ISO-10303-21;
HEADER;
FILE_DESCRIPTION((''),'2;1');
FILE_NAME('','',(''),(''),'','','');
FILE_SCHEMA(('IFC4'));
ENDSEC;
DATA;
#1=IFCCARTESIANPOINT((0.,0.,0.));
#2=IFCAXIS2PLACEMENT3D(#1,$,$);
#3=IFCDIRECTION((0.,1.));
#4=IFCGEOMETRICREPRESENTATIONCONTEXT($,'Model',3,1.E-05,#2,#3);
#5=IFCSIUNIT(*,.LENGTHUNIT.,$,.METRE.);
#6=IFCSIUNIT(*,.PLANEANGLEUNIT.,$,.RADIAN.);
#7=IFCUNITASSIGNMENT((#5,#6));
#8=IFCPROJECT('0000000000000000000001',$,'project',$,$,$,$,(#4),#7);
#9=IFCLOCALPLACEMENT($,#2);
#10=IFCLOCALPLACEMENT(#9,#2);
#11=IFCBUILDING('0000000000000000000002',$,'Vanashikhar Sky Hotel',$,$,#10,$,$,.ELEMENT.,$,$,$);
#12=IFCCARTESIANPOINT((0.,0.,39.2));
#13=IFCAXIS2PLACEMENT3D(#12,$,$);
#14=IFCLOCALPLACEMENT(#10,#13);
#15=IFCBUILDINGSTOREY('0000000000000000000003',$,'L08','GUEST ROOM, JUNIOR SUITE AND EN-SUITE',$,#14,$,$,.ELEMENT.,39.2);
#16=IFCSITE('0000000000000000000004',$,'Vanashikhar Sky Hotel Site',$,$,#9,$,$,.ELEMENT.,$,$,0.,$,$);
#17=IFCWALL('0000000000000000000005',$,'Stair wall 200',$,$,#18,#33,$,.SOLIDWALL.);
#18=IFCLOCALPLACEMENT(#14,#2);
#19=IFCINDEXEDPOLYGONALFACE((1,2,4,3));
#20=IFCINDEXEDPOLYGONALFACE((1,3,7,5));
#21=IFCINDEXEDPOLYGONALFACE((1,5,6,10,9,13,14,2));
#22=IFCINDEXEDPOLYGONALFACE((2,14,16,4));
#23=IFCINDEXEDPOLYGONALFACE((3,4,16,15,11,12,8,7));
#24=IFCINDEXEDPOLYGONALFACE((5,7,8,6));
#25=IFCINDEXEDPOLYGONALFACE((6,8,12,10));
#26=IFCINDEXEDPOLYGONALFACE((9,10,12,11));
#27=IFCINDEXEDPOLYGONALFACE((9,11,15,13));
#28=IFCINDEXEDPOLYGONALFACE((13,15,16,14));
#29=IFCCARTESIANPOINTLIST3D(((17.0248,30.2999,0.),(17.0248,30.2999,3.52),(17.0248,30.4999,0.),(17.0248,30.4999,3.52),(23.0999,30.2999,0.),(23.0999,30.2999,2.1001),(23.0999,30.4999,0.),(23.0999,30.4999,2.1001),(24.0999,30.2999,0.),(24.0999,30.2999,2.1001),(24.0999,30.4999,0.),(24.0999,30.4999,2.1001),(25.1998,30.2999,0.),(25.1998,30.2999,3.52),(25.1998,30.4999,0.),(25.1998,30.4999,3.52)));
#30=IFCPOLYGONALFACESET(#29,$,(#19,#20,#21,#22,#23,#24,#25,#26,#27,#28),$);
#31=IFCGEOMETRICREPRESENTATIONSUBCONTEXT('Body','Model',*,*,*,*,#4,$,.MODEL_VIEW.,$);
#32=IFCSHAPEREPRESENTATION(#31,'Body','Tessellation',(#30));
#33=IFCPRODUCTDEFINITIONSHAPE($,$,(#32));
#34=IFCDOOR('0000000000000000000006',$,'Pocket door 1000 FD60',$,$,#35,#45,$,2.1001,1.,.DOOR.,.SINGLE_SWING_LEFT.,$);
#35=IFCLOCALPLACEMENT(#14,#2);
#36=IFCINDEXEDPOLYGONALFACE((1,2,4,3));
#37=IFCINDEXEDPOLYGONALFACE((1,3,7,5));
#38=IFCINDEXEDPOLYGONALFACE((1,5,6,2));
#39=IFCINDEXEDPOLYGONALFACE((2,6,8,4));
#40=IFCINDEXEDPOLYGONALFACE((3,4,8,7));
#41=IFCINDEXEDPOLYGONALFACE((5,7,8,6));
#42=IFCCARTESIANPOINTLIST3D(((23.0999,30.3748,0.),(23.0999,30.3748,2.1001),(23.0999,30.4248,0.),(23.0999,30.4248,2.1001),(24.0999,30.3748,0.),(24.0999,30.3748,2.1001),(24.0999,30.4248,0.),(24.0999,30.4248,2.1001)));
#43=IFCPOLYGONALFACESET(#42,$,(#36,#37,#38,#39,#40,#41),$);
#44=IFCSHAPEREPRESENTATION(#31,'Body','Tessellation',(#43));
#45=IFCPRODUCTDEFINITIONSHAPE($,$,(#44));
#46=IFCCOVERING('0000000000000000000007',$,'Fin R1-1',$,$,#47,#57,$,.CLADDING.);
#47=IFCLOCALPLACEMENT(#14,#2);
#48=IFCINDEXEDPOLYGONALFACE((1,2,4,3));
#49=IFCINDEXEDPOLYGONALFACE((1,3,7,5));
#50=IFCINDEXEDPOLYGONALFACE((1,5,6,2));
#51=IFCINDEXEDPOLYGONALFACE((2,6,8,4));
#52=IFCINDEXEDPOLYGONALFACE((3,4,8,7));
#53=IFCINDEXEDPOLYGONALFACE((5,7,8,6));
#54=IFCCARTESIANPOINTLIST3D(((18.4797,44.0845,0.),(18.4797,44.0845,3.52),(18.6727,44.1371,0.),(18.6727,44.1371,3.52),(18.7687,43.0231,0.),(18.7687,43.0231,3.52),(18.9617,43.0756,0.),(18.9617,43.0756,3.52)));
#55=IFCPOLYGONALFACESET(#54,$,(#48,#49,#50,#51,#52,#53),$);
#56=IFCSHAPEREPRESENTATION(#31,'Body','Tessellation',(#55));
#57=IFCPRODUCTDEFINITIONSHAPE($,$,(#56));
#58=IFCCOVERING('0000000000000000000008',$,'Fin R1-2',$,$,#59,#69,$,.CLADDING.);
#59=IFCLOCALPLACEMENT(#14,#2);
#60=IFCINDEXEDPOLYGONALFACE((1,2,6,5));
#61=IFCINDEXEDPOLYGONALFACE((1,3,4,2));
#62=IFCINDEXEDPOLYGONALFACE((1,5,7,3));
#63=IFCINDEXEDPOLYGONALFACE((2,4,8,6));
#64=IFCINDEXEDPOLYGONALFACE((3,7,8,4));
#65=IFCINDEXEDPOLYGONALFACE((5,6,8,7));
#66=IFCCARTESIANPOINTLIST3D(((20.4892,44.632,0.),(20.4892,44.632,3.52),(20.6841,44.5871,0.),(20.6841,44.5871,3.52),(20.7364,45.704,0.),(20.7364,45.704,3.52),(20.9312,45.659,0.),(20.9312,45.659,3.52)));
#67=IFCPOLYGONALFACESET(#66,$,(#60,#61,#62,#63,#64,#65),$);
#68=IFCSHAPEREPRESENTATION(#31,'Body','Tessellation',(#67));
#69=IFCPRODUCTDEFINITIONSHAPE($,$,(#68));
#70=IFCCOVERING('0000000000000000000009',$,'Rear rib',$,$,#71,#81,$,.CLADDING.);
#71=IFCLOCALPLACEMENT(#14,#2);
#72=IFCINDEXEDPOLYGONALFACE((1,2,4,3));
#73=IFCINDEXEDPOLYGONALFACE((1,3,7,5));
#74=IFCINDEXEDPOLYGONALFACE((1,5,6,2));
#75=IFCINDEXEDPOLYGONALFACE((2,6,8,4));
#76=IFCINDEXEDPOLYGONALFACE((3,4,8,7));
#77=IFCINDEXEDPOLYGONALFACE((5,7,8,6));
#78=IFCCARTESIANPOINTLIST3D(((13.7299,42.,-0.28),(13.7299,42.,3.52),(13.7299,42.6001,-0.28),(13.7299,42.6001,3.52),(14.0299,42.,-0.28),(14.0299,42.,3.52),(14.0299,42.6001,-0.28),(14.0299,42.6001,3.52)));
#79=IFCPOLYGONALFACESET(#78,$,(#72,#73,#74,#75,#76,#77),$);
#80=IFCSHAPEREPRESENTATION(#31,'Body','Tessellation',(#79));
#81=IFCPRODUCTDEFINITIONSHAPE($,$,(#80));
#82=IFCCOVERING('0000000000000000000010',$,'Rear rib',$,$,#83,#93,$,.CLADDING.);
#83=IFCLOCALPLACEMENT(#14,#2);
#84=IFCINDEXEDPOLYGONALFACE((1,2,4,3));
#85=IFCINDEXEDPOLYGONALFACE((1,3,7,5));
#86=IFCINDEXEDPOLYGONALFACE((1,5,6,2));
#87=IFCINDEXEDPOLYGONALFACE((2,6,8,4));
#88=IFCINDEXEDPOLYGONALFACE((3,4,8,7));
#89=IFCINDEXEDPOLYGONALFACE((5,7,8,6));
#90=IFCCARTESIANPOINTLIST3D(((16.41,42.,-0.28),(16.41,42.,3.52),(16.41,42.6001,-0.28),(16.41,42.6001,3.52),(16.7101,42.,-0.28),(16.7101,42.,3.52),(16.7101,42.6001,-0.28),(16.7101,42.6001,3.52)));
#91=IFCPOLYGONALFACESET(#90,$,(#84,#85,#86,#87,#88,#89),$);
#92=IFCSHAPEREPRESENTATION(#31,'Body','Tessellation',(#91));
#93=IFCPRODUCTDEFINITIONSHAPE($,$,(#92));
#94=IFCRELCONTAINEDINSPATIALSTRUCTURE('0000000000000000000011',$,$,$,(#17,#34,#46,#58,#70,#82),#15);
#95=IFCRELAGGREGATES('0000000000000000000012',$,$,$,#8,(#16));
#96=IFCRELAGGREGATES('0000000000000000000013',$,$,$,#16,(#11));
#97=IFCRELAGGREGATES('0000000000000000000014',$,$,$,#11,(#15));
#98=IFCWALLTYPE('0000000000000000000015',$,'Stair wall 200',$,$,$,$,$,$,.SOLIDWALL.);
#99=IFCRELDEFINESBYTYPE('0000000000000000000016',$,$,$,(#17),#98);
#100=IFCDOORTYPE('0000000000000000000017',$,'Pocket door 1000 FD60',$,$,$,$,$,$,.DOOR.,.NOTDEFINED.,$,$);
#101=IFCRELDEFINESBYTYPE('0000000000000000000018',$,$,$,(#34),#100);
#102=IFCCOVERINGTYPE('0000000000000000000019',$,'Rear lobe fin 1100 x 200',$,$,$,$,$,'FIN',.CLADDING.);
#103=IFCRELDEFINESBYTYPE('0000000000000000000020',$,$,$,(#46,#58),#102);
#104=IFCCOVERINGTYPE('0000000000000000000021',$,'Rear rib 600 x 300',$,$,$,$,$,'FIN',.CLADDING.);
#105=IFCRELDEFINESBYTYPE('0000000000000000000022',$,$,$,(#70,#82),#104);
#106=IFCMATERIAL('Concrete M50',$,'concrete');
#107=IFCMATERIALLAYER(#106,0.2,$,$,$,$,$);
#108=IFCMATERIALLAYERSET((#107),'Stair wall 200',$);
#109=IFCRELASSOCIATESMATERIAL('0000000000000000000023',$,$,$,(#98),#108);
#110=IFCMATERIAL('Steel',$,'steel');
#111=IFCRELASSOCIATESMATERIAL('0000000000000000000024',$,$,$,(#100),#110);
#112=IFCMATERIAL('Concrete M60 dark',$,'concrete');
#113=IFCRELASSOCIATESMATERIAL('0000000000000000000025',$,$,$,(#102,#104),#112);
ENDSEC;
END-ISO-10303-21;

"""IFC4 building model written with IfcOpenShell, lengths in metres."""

from ifc_helpers import new_model, si_unit, direction, frame, frame_2d, origin, origin_2d, place, context, subcontext, project, spatial, rectangle, extrude, source, transform, mapped, material, layer, layer_set, material_profile, profile_set, type_object, element, fill, save


model = new_model("IFC4")

# Units and contexts
model_context = context("Model", 3, precision=1e-05, world=origin(), true_north=direction((0.0, 1.0)))
body_context = subcontext(model_context, "Body", "Model", "MODEL_VIEW")
ifc_project = project(units=[si_unit("LENGTHUNIT", "METRE"), si_unit("PLANEANGLEUNIT", "RADIAN")], contexts=[model_context])

# Site, building, storey
site_placement = place(None, origin())
site = spatial("IfcSite", under=ifc_project, at=site_placement, Name="Vanashikhar Sky Hotel Site", CompositionType="ELEMENT", RefElevation=0.0)
building_placement = place(site_placement, origin())
building = spatial("IfcBuilding", under=site, at=building_placement, Name="Vanashikhar Sky Hotel", CompositionType="ELEMENT")
storey_placement = place(building_placement, frame((0.0, 0.0, 39.2)))
storey = spatial("IfcBuildingStorey", under=building, at=storey_placement, Name="L08", Description="GUEST ROOM, JUNIOR SUITE AND EN-SUITE", CompositionType="ELEMENT", Elevation=39.2)

# Shared definitions
ifc_material_1 = material(Name="Concrete M50", Category="concrete")

# Wall, opening, door
ifc_layer_1 = layer(ifc_material_1, 0.2)
ifc_layer_set_1 = layer_set([ifc_layer_1], Name="Stair wall 200")
wall_type_1 = type_object("IfcWallType", Name="Stair wall 200", PredefinedType="SOLIDWALL", material=ifc_layer_set_1)
shared_shape_1 = source(origin(), body_context, "Body", "SweptSolid", [
    extrude(rectangle(XDim=8.175, YDim=0.2, at=frame_2d((4.0874, 0.0))), origin(), (0.0, 0.0, 1.0), 3.52),
])
wall_1_placement = place(storey_placement, frame((17.0249, 30.3999, 0.0), z_axis=(0.0, 0.0, 1.0), x_axis=(1.0, 0.0, 0.0)))
wall_1 = element("IfcWall", 1, at=wall_1_placement, inside=storey, type_object=wall_type_1, Name="Stair wall 200", PredefinedType="SOLIDWALL", context=body_context, shape_type="MappedRepresentation", body=[
    mapped(shared_shape_1, transform((0.0, 0.0, 0.0), scale=1.0)),
])
shared_shape_2 = source(origin(), body_context, "Body", "SweptSolid", [
    extrude(rectangle(XDim=1.0, YDim=2.1001, at=frame_2d((0.5, 1.05))), frame((0.0, 0.1099, 0.0), z_axis=(0.0, -1.0, 0.0), x_axis=(1.0, 0.0, 0.0)), (0.0, 0.0, 1.0), 0.22),
])
opening_1_placement = place(wall_1_placement, frame((6.075, 0.0, 0.0)))
opening_1 = element("IfcOpeningElement", 2, at=opening_1_placement, cuts=wall_1, PredefinedType="OPENING", context=body_context, shape_type="MappedRepresentation", body=[
    mapped(shared_shape_2, transform((0.0, 0.0, 0.0), scale=1.0)),
])
ifc_material_2 = material(Name="Steel", Category="steel")
door_type = type_object("IfcDoorType", Name="Pocket door 1000 FD60", OperationType="NOTDEFINED", PredefinedType="DOOR", material=ifc_material_2)
shared_shape_3 = source(origin(), body_context, "Body", "SweptSolid", [
    extrude(rectangle(XDim=1.0, YDim=2.1001, at=frame_2d((0.5, 1.05))), frame((0.0, 0.0249, 0.0), z_axis=(0.0, -1.0, 0.0), x_axis=(1.0, 0.0, 0.0)), (0.0, 0.0, 1.0), 0.05),
])
door_placement = place(opening_1_placement, origin())
door = element("IfcDoor", 3, at=door_placement, inside=storey, type_object=door_type, Name="Pocket door 1000 FD60", OperationType="SINGLE_SWING_LEFT", OverallHeight=2.1001, OverallWidth=1.0, PredefinedType="DOOR", context=body_context, shape_type="MappedRepresentation", body=[
    mapped(shared_shape_3, transform((0.0, 0.0, 0.0), scale=1.0)),
])
fill(opening_1, door)

# Coverings
ifc_material_3 = material(Name="Concrete M60 dark", Category="concrete")
ifc_material_profile_1 = material_profile(ifc_material_3, rectangle(XDim=1.1001, YDim=0.2, at=origin_2d()))
ifc_profile_set_1 = profile_set([ifc_material_profile_1], Name="Rear lobe fin 1100 x 200")
covering_type_1 = type_object("IfcCoveringType", Name="Rear lobe fin 1100 x 200", ElementType="FIN", PredefinedType="CLADDING", material=ifc_profile_set_1)
shared_shape_4 = source(origin(), body_context, "Body", "SweptSolid", [
    extrude(rectangle(XDim=1.1001, YDim=0.2, at=origin_2d()), origin(), (0.0, 0.0, 1.0), 3.52),
])
for number, where, z_axis, x_axis, name in (
    (4, (18.7207, 43.5801, 0.0), (0.0, 0.0, 1.0), (-0.262711, 0.964874, 0.0), "Fin R1-1"),
    (5, (20.7102, 45.1455, 0.0), (0.0, 0.0, 1.0), (0.224645, 0.974441, 0.0), "Fin R1-2"),
):
    element("IfcCovering", number, at=place(storey_placement, frame(where, z_axis=z_axis, x_axis=x_axis)), inside=storey, type_object=covering_type_1, Name=name, PredefinedType="CLADDING", context=body_context, shape_type="MappedRepresentation", body=[
        mapped(shared_shape_4, transform((0.0, 0.0, 0.0), scale=1.0)),
    ])
ifc_material_profile_2 = material_profile(ifc_material_3, rectangle(XDim=0.6001, YDim=0.3, at=origin_2d()))
ifc_profile_set_2 = profile_set([ifc_material_profile_2], Name="Rear rib 600 x 300")
covering_type_2 = type_object("IfcCoveringType", Name="Rear rib 600 x 300", ElementType="FIN", PredefinedType="CLADDING", material=ifc_profile_set_2)
shared_shape_5 = source(origin(), body_context, "Body", "SweptSolid", [
    extrude(rectangle(XDim=0.6001, YDim=0.3, at=origin_2d()), origin(), (0.0, 0.0, 1.0), 3.8),
])
for number, where, z_axis, x_axis, name in (
    (6, (13.8799, 42.3, -0.28), (0.0, 0.0, 1.0), (0.0, 1.0, 0.0), "Rear rib"),
    (7, (16.5601, 42.3, -0.28), (0.0, 0.0, 1.0), (0.0, 1.0, 0.0), "Rear rib"),
):
    element("IfcCovering", number, at=place(storey_placement, frame(where, z_axis=z_axis, x_axis=x_axis)), inside=storey, type_object=covering_type_2, Name=name, PredefinedType="CLADDING", context=body_context, shape_type="MappedRepresentation", body=[
        mapped(shared_shape_5, transform((0.0, 0.0, 0.0), scale=1.0)),
    ])

save(model, "model.ifc")
